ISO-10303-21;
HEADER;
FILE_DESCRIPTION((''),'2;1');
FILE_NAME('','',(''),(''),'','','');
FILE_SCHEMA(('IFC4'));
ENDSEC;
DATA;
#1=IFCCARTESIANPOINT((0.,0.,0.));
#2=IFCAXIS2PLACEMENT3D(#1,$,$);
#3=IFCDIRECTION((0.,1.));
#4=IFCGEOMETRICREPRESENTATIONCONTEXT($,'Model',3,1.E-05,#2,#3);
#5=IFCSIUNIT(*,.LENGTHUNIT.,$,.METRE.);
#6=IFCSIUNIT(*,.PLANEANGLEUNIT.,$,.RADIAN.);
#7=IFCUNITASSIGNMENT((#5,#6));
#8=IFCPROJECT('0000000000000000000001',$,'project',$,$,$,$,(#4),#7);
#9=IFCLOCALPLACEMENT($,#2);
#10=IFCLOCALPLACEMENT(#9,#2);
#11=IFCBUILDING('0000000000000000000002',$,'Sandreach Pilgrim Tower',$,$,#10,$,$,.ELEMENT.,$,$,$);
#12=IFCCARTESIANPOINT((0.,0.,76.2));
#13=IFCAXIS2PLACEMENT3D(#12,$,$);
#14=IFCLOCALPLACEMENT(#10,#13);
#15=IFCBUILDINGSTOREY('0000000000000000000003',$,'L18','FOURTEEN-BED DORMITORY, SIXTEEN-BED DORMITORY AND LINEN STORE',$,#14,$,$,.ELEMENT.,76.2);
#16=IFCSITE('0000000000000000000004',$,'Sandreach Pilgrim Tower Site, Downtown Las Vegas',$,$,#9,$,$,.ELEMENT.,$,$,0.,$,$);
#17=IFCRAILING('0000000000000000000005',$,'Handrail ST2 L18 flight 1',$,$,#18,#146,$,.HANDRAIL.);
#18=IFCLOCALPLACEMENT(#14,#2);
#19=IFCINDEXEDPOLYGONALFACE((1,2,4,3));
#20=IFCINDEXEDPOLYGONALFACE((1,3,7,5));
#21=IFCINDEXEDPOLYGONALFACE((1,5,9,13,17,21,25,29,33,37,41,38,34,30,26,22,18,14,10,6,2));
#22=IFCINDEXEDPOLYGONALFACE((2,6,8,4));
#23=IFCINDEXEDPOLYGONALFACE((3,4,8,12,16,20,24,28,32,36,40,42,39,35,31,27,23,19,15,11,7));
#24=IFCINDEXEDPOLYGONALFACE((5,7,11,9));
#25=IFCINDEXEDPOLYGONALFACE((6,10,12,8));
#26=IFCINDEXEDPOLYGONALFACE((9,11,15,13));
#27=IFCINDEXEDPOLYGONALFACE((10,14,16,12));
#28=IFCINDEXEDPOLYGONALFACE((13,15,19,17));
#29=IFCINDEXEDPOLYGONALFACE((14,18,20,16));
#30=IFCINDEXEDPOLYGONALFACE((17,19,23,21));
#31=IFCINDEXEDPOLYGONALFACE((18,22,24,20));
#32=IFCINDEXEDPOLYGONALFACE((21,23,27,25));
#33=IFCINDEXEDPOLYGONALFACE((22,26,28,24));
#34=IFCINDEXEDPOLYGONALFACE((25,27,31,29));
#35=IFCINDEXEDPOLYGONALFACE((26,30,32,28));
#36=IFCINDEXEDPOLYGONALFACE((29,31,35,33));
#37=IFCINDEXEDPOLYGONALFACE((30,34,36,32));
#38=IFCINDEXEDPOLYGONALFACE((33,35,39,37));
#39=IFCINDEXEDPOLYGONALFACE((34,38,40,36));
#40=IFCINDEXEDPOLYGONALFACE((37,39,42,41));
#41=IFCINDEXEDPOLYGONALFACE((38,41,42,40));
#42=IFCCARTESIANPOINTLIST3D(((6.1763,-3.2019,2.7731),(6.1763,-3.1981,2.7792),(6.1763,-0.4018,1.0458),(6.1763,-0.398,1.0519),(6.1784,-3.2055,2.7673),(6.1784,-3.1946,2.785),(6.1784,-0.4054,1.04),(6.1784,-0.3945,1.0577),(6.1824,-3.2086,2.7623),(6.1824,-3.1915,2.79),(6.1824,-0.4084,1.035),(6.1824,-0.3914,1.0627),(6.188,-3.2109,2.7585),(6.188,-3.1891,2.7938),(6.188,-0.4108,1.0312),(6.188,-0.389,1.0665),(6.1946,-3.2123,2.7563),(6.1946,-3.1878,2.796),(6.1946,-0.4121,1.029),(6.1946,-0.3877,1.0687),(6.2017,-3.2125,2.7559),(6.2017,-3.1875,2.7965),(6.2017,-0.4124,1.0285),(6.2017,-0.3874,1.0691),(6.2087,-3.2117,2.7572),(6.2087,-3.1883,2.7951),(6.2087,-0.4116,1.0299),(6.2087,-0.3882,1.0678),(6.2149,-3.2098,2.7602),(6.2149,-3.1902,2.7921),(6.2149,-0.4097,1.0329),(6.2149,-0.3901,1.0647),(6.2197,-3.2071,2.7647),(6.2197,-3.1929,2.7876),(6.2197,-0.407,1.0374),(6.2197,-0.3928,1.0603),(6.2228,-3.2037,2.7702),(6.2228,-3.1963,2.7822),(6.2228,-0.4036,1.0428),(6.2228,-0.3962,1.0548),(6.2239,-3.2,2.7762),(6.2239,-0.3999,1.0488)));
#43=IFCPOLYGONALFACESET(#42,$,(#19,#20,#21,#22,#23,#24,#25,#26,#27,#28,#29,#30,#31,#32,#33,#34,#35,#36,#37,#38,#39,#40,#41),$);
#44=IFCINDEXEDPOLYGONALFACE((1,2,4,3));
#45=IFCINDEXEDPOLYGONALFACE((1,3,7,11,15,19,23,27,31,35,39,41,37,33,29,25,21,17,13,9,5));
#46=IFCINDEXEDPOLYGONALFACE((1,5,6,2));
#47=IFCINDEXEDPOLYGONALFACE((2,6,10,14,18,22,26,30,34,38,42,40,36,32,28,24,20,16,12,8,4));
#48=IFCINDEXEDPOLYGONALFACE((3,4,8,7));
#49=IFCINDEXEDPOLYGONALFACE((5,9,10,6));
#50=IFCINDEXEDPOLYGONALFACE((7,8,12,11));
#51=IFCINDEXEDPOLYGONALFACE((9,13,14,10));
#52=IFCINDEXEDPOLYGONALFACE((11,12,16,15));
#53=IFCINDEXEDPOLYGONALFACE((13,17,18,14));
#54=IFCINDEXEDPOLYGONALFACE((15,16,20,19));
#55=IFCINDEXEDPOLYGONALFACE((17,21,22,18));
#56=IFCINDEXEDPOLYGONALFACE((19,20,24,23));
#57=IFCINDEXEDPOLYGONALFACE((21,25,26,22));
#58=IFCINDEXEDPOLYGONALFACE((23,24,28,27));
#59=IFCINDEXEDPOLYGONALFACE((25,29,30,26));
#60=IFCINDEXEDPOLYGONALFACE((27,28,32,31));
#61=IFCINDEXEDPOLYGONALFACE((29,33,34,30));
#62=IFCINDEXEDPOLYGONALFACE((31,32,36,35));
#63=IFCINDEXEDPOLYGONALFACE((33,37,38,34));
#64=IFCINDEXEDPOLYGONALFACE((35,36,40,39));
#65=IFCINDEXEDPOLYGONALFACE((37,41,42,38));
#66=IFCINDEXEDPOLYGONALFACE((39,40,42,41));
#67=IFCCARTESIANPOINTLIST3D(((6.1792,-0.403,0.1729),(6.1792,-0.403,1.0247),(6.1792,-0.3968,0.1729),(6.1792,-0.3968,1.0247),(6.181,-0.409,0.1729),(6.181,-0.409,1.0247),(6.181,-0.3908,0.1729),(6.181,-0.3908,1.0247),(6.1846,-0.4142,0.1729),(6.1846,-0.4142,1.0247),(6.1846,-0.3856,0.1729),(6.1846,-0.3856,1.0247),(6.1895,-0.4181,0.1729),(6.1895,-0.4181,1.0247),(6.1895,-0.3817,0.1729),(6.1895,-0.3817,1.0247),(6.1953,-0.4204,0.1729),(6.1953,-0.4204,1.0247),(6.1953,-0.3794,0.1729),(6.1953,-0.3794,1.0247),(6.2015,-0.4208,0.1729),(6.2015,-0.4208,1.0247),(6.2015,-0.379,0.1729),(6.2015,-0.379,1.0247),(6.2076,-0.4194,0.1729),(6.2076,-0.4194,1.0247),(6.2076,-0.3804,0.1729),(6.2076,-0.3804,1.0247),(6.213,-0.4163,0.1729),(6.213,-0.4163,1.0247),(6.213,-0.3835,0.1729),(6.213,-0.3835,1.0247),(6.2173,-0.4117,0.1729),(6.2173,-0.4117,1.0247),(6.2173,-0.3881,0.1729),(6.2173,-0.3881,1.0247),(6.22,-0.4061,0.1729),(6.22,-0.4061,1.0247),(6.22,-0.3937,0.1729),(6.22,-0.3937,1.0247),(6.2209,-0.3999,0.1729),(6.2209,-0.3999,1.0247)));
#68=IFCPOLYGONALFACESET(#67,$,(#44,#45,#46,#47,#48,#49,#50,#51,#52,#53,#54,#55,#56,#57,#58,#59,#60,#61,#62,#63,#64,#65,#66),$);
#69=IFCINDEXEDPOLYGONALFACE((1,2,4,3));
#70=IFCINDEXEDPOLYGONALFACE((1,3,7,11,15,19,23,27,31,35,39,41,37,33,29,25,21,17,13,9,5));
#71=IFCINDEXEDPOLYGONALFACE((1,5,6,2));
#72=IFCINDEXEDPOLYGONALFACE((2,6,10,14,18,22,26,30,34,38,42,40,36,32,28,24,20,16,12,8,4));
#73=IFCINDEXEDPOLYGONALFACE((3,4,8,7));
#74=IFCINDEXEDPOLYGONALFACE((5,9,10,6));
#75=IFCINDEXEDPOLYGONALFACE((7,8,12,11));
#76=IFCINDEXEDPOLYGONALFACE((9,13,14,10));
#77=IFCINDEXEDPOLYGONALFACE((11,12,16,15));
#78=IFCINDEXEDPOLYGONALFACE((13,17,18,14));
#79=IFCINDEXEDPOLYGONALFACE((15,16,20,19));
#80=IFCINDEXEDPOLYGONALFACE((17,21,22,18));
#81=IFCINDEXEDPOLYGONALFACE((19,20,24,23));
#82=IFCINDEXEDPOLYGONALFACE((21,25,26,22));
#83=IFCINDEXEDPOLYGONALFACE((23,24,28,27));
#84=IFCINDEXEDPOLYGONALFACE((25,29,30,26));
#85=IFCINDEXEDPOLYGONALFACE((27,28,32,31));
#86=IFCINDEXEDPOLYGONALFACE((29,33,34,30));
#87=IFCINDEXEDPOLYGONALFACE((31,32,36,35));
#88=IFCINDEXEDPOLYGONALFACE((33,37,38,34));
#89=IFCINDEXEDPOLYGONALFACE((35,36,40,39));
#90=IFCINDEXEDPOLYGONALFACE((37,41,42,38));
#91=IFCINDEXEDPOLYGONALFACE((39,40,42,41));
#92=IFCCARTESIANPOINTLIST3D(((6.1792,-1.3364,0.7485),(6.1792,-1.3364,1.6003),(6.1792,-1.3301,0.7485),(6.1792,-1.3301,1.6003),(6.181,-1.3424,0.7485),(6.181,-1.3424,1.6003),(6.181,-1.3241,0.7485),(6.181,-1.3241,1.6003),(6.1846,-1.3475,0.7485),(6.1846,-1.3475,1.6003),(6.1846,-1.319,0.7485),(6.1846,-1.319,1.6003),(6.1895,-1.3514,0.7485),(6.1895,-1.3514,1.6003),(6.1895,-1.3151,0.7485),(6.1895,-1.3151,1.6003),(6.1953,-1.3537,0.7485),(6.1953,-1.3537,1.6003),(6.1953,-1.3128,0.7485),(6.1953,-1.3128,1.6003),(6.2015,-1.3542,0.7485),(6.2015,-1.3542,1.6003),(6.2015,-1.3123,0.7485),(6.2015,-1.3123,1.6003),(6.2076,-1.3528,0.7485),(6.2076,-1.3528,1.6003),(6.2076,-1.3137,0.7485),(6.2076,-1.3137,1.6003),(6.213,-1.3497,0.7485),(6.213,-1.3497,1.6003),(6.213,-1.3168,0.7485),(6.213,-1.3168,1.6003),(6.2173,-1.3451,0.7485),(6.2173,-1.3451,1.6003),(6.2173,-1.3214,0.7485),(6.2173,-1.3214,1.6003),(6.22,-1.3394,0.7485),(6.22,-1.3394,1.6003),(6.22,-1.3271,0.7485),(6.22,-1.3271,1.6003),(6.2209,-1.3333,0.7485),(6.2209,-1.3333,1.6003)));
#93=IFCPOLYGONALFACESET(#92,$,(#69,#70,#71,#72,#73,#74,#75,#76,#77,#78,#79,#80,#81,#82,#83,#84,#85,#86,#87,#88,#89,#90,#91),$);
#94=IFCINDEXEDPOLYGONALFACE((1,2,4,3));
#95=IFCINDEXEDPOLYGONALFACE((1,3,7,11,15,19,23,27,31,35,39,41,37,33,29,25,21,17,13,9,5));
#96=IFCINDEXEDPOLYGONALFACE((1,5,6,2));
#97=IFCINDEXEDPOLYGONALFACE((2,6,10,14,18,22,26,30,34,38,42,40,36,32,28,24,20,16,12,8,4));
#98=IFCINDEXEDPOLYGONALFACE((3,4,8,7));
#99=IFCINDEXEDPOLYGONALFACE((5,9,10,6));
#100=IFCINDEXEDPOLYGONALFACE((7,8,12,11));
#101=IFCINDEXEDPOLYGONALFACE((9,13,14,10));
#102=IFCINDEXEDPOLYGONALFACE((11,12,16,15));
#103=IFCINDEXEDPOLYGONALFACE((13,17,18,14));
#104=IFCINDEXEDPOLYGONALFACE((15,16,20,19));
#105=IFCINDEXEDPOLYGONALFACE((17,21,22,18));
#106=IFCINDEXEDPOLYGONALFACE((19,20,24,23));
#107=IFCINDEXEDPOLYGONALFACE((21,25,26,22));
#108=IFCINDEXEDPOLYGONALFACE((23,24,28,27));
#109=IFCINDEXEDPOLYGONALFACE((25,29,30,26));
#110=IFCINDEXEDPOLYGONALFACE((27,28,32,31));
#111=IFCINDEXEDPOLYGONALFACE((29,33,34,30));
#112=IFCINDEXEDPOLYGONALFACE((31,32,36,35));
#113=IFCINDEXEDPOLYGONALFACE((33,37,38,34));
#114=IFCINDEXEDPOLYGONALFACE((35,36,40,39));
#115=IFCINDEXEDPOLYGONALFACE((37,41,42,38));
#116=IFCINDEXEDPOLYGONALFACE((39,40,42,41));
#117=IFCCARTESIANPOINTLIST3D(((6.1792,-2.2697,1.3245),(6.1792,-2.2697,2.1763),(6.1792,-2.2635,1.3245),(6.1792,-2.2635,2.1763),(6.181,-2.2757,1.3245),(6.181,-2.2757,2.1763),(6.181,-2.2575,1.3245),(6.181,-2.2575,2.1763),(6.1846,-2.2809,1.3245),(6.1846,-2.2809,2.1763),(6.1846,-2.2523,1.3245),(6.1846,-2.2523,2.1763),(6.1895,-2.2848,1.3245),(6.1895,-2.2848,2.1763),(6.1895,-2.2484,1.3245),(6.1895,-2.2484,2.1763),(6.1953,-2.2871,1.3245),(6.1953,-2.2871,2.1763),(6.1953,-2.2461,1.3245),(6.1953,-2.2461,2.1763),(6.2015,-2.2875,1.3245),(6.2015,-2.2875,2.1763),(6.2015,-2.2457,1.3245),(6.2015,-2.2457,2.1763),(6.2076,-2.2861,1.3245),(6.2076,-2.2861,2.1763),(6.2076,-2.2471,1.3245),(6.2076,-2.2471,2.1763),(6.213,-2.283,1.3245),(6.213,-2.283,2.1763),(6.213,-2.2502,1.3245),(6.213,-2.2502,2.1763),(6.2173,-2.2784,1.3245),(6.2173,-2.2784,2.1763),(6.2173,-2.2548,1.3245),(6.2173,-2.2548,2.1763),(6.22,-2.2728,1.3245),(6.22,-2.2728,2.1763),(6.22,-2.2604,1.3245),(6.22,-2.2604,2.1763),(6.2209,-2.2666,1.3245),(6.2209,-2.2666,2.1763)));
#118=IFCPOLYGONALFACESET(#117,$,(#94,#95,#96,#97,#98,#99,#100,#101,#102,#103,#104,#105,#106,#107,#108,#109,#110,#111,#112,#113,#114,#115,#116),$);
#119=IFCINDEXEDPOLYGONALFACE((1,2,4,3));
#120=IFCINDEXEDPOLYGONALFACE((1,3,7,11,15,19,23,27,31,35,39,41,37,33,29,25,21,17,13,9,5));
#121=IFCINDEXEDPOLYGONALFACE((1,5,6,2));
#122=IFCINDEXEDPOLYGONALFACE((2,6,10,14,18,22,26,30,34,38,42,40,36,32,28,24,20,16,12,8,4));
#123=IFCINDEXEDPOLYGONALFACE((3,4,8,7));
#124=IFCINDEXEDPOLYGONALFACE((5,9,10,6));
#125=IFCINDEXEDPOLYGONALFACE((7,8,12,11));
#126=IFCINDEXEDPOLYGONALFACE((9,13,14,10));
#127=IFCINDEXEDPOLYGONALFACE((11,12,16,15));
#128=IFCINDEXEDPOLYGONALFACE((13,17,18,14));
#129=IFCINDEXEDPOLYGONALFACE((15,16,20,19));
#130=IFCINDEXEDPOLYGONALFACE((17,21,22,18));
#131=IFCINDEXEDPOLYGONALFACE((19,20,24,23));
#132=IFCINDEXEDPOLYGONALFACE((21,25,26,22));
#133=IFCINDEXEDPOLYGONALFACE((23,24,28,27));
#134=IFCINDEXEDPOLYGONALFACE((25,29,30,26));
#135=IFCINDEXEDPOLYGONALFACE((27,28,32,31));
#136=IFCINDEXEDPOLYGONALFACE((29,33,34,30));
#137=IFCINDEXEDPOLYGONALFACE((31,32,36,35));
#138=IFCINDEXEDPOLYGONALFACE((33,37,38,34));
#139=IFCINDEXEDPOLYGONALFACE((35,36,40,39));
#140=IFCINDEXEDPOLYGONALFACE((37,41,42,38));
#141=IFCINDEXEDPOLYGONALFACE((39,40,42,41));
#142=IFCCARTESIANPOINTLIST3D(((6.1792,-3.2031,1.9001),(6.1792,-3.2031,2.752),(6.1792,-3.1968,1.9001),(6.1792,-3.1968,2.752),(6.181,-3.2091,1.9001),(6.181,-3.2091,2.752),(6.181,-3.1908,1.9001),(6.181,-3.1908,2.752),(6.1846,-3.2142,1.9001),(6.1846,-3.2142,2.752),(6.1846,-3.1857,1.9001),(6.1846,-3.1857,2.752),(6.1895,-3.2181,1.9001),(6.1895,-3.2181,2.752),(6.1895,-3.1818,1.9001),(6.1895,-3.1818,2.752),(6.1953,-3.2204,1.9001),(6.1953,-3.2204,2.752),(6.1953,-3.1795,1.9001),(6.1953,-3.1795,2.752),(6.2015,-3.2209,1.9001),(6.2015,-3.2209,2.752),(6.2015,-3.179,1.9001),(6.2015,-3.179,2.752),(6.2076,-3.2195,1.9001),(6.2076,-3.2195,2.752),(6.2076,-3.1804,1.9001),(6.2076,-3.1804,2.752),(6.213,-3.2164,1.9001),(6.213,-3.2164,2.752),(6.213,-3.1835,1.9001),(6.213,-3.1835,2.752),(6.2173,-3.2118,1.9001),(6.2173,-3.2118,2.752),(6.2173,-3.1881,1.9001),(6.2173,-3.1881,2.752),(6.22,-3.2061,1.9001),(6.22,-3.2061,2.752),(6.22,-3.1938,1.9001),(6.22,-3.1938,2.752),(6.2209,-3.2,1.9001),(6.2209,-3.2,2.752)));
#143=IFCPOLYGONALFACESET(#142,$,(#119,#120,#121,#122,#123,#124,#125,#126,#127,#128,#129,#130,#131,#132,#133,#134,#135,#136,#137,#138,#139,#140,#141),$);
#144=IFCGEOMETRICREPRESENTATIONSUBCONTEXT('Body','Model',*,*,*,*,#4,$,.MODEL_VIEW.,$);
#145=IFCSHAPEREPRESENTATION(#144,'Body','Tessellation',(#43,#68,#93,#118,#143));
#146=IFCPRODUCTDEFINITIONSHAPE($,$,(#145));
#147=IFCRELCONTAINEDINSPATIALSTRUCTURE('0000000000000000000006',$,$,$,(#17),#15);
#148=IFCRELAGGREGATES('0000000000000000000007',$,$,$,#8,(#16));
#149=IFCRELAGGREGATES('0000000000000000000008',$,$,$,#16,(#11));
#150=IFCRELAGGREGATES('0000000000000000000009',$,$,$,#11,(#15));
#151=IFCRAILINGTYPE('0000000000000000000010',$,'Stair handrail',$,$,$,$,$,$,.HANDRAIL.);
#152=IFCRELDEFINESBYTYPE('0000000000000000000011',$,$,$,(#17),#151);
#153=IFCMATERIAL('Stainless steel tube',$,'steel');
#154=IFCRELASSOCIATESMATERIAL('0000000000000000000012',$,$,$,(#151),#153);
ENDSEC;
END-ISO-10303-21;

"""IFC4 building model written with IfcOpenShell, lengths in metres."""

from ifc_helpers import new_model, si_unit, direction, frame, origin, origin_2d, place, context, subcontext, project, spatial, circle, extrude, material, type_object, element, save


model = new_model("IFC4")

# Units and contexts
model_context = context("Model", 3, precision=1e-05, world=origin(), true_north=direction((0.0, 1.0)))
body_context = subcontext(model_context, "Body", "Model", "MODEL_VIEW")
ifc_project = project(units=[si_unit("LENGTHUNIT", "METRE"), si_unit("PLANEANGLEUNIT", "RADIAN")], contexts=[model_context])

# Site, building, storey
site_placement = place(None, origin())
site = spatial("IfcSite", under=ifc_project, at=site_placement, Name="Sandreach Pilgrim Tower Site, Downtown Las Vegas", CompositionType="ELEMENT", RefElevation=0.0)
building_placement = place(site_placement, origin())
building = spatial("IfcBuilding", under=site, at=building_placement, Name="Sandreach Pilgrim Tower", CompositionType="ELEMENT")
storey_placement = place(building_placement, frame((0.0, 0.0, 76.2)))
storey = spatial("IfcBuildingStorey", under=building, at=storey_placement, Name="L18", Description="FOURTEEN-BED DORMITORY, SIXTEEN-BED DORMITORY AND LINEN STORE", CompositionType="ELEMENT", Elevation=76.2)

# Railing
ifc_material_1 = material(Name="Stainless steel tube", Category="steel")
railing_type = type_object("IfcRailingType", Name="Stair handrail", PredefinedType="HANDRAIL", material=ifc_material_1)
railing_placement = place(storey_placement, frame((6.2, -0.3999, 0.1729)))
element("IfcRailing", 1, at=railing_placement, inside=storey, type_object=railing_type, Name="Handrail ST2 L18 flight 1", PredefinedType="HANDRAIL", context=body_context, shape_type="SweptSolid", body=[
    extrude(circle(Radius=0.0239, at=origin_2d()), frame((0.0, 0.0, 0.876), z_axis=(0.0, -0.85109, 0.52502), x_axis=(1.0, 0.0, 0.0)), (0.0, 0.0, 1.0), 3.29),
    extrude(circle(Radius=0.021, at=origin_2d()), origin(), (0.0, 0.0, 1.0), 0.8518),
    extrude(circle(Radius=0.021, at=origin_2d()), frame((0.0, -0.9333, 0.5757)), (0.0, 0.0, 1.0), 0.8518),
    extrude(circle(Radius=0.021, at=origin_2d()), frame((0.0, -1.8667, 1.1516)), (0.0, 0.0, 1.0), 0.8518),
    extrude(circle(Radius=0.021, at=origin_2d()), frame((0.0, -2.8, 1.7273)), (0.0, 0.0, 1.0), 0.8518),
])

save(model, "model.ifc")
